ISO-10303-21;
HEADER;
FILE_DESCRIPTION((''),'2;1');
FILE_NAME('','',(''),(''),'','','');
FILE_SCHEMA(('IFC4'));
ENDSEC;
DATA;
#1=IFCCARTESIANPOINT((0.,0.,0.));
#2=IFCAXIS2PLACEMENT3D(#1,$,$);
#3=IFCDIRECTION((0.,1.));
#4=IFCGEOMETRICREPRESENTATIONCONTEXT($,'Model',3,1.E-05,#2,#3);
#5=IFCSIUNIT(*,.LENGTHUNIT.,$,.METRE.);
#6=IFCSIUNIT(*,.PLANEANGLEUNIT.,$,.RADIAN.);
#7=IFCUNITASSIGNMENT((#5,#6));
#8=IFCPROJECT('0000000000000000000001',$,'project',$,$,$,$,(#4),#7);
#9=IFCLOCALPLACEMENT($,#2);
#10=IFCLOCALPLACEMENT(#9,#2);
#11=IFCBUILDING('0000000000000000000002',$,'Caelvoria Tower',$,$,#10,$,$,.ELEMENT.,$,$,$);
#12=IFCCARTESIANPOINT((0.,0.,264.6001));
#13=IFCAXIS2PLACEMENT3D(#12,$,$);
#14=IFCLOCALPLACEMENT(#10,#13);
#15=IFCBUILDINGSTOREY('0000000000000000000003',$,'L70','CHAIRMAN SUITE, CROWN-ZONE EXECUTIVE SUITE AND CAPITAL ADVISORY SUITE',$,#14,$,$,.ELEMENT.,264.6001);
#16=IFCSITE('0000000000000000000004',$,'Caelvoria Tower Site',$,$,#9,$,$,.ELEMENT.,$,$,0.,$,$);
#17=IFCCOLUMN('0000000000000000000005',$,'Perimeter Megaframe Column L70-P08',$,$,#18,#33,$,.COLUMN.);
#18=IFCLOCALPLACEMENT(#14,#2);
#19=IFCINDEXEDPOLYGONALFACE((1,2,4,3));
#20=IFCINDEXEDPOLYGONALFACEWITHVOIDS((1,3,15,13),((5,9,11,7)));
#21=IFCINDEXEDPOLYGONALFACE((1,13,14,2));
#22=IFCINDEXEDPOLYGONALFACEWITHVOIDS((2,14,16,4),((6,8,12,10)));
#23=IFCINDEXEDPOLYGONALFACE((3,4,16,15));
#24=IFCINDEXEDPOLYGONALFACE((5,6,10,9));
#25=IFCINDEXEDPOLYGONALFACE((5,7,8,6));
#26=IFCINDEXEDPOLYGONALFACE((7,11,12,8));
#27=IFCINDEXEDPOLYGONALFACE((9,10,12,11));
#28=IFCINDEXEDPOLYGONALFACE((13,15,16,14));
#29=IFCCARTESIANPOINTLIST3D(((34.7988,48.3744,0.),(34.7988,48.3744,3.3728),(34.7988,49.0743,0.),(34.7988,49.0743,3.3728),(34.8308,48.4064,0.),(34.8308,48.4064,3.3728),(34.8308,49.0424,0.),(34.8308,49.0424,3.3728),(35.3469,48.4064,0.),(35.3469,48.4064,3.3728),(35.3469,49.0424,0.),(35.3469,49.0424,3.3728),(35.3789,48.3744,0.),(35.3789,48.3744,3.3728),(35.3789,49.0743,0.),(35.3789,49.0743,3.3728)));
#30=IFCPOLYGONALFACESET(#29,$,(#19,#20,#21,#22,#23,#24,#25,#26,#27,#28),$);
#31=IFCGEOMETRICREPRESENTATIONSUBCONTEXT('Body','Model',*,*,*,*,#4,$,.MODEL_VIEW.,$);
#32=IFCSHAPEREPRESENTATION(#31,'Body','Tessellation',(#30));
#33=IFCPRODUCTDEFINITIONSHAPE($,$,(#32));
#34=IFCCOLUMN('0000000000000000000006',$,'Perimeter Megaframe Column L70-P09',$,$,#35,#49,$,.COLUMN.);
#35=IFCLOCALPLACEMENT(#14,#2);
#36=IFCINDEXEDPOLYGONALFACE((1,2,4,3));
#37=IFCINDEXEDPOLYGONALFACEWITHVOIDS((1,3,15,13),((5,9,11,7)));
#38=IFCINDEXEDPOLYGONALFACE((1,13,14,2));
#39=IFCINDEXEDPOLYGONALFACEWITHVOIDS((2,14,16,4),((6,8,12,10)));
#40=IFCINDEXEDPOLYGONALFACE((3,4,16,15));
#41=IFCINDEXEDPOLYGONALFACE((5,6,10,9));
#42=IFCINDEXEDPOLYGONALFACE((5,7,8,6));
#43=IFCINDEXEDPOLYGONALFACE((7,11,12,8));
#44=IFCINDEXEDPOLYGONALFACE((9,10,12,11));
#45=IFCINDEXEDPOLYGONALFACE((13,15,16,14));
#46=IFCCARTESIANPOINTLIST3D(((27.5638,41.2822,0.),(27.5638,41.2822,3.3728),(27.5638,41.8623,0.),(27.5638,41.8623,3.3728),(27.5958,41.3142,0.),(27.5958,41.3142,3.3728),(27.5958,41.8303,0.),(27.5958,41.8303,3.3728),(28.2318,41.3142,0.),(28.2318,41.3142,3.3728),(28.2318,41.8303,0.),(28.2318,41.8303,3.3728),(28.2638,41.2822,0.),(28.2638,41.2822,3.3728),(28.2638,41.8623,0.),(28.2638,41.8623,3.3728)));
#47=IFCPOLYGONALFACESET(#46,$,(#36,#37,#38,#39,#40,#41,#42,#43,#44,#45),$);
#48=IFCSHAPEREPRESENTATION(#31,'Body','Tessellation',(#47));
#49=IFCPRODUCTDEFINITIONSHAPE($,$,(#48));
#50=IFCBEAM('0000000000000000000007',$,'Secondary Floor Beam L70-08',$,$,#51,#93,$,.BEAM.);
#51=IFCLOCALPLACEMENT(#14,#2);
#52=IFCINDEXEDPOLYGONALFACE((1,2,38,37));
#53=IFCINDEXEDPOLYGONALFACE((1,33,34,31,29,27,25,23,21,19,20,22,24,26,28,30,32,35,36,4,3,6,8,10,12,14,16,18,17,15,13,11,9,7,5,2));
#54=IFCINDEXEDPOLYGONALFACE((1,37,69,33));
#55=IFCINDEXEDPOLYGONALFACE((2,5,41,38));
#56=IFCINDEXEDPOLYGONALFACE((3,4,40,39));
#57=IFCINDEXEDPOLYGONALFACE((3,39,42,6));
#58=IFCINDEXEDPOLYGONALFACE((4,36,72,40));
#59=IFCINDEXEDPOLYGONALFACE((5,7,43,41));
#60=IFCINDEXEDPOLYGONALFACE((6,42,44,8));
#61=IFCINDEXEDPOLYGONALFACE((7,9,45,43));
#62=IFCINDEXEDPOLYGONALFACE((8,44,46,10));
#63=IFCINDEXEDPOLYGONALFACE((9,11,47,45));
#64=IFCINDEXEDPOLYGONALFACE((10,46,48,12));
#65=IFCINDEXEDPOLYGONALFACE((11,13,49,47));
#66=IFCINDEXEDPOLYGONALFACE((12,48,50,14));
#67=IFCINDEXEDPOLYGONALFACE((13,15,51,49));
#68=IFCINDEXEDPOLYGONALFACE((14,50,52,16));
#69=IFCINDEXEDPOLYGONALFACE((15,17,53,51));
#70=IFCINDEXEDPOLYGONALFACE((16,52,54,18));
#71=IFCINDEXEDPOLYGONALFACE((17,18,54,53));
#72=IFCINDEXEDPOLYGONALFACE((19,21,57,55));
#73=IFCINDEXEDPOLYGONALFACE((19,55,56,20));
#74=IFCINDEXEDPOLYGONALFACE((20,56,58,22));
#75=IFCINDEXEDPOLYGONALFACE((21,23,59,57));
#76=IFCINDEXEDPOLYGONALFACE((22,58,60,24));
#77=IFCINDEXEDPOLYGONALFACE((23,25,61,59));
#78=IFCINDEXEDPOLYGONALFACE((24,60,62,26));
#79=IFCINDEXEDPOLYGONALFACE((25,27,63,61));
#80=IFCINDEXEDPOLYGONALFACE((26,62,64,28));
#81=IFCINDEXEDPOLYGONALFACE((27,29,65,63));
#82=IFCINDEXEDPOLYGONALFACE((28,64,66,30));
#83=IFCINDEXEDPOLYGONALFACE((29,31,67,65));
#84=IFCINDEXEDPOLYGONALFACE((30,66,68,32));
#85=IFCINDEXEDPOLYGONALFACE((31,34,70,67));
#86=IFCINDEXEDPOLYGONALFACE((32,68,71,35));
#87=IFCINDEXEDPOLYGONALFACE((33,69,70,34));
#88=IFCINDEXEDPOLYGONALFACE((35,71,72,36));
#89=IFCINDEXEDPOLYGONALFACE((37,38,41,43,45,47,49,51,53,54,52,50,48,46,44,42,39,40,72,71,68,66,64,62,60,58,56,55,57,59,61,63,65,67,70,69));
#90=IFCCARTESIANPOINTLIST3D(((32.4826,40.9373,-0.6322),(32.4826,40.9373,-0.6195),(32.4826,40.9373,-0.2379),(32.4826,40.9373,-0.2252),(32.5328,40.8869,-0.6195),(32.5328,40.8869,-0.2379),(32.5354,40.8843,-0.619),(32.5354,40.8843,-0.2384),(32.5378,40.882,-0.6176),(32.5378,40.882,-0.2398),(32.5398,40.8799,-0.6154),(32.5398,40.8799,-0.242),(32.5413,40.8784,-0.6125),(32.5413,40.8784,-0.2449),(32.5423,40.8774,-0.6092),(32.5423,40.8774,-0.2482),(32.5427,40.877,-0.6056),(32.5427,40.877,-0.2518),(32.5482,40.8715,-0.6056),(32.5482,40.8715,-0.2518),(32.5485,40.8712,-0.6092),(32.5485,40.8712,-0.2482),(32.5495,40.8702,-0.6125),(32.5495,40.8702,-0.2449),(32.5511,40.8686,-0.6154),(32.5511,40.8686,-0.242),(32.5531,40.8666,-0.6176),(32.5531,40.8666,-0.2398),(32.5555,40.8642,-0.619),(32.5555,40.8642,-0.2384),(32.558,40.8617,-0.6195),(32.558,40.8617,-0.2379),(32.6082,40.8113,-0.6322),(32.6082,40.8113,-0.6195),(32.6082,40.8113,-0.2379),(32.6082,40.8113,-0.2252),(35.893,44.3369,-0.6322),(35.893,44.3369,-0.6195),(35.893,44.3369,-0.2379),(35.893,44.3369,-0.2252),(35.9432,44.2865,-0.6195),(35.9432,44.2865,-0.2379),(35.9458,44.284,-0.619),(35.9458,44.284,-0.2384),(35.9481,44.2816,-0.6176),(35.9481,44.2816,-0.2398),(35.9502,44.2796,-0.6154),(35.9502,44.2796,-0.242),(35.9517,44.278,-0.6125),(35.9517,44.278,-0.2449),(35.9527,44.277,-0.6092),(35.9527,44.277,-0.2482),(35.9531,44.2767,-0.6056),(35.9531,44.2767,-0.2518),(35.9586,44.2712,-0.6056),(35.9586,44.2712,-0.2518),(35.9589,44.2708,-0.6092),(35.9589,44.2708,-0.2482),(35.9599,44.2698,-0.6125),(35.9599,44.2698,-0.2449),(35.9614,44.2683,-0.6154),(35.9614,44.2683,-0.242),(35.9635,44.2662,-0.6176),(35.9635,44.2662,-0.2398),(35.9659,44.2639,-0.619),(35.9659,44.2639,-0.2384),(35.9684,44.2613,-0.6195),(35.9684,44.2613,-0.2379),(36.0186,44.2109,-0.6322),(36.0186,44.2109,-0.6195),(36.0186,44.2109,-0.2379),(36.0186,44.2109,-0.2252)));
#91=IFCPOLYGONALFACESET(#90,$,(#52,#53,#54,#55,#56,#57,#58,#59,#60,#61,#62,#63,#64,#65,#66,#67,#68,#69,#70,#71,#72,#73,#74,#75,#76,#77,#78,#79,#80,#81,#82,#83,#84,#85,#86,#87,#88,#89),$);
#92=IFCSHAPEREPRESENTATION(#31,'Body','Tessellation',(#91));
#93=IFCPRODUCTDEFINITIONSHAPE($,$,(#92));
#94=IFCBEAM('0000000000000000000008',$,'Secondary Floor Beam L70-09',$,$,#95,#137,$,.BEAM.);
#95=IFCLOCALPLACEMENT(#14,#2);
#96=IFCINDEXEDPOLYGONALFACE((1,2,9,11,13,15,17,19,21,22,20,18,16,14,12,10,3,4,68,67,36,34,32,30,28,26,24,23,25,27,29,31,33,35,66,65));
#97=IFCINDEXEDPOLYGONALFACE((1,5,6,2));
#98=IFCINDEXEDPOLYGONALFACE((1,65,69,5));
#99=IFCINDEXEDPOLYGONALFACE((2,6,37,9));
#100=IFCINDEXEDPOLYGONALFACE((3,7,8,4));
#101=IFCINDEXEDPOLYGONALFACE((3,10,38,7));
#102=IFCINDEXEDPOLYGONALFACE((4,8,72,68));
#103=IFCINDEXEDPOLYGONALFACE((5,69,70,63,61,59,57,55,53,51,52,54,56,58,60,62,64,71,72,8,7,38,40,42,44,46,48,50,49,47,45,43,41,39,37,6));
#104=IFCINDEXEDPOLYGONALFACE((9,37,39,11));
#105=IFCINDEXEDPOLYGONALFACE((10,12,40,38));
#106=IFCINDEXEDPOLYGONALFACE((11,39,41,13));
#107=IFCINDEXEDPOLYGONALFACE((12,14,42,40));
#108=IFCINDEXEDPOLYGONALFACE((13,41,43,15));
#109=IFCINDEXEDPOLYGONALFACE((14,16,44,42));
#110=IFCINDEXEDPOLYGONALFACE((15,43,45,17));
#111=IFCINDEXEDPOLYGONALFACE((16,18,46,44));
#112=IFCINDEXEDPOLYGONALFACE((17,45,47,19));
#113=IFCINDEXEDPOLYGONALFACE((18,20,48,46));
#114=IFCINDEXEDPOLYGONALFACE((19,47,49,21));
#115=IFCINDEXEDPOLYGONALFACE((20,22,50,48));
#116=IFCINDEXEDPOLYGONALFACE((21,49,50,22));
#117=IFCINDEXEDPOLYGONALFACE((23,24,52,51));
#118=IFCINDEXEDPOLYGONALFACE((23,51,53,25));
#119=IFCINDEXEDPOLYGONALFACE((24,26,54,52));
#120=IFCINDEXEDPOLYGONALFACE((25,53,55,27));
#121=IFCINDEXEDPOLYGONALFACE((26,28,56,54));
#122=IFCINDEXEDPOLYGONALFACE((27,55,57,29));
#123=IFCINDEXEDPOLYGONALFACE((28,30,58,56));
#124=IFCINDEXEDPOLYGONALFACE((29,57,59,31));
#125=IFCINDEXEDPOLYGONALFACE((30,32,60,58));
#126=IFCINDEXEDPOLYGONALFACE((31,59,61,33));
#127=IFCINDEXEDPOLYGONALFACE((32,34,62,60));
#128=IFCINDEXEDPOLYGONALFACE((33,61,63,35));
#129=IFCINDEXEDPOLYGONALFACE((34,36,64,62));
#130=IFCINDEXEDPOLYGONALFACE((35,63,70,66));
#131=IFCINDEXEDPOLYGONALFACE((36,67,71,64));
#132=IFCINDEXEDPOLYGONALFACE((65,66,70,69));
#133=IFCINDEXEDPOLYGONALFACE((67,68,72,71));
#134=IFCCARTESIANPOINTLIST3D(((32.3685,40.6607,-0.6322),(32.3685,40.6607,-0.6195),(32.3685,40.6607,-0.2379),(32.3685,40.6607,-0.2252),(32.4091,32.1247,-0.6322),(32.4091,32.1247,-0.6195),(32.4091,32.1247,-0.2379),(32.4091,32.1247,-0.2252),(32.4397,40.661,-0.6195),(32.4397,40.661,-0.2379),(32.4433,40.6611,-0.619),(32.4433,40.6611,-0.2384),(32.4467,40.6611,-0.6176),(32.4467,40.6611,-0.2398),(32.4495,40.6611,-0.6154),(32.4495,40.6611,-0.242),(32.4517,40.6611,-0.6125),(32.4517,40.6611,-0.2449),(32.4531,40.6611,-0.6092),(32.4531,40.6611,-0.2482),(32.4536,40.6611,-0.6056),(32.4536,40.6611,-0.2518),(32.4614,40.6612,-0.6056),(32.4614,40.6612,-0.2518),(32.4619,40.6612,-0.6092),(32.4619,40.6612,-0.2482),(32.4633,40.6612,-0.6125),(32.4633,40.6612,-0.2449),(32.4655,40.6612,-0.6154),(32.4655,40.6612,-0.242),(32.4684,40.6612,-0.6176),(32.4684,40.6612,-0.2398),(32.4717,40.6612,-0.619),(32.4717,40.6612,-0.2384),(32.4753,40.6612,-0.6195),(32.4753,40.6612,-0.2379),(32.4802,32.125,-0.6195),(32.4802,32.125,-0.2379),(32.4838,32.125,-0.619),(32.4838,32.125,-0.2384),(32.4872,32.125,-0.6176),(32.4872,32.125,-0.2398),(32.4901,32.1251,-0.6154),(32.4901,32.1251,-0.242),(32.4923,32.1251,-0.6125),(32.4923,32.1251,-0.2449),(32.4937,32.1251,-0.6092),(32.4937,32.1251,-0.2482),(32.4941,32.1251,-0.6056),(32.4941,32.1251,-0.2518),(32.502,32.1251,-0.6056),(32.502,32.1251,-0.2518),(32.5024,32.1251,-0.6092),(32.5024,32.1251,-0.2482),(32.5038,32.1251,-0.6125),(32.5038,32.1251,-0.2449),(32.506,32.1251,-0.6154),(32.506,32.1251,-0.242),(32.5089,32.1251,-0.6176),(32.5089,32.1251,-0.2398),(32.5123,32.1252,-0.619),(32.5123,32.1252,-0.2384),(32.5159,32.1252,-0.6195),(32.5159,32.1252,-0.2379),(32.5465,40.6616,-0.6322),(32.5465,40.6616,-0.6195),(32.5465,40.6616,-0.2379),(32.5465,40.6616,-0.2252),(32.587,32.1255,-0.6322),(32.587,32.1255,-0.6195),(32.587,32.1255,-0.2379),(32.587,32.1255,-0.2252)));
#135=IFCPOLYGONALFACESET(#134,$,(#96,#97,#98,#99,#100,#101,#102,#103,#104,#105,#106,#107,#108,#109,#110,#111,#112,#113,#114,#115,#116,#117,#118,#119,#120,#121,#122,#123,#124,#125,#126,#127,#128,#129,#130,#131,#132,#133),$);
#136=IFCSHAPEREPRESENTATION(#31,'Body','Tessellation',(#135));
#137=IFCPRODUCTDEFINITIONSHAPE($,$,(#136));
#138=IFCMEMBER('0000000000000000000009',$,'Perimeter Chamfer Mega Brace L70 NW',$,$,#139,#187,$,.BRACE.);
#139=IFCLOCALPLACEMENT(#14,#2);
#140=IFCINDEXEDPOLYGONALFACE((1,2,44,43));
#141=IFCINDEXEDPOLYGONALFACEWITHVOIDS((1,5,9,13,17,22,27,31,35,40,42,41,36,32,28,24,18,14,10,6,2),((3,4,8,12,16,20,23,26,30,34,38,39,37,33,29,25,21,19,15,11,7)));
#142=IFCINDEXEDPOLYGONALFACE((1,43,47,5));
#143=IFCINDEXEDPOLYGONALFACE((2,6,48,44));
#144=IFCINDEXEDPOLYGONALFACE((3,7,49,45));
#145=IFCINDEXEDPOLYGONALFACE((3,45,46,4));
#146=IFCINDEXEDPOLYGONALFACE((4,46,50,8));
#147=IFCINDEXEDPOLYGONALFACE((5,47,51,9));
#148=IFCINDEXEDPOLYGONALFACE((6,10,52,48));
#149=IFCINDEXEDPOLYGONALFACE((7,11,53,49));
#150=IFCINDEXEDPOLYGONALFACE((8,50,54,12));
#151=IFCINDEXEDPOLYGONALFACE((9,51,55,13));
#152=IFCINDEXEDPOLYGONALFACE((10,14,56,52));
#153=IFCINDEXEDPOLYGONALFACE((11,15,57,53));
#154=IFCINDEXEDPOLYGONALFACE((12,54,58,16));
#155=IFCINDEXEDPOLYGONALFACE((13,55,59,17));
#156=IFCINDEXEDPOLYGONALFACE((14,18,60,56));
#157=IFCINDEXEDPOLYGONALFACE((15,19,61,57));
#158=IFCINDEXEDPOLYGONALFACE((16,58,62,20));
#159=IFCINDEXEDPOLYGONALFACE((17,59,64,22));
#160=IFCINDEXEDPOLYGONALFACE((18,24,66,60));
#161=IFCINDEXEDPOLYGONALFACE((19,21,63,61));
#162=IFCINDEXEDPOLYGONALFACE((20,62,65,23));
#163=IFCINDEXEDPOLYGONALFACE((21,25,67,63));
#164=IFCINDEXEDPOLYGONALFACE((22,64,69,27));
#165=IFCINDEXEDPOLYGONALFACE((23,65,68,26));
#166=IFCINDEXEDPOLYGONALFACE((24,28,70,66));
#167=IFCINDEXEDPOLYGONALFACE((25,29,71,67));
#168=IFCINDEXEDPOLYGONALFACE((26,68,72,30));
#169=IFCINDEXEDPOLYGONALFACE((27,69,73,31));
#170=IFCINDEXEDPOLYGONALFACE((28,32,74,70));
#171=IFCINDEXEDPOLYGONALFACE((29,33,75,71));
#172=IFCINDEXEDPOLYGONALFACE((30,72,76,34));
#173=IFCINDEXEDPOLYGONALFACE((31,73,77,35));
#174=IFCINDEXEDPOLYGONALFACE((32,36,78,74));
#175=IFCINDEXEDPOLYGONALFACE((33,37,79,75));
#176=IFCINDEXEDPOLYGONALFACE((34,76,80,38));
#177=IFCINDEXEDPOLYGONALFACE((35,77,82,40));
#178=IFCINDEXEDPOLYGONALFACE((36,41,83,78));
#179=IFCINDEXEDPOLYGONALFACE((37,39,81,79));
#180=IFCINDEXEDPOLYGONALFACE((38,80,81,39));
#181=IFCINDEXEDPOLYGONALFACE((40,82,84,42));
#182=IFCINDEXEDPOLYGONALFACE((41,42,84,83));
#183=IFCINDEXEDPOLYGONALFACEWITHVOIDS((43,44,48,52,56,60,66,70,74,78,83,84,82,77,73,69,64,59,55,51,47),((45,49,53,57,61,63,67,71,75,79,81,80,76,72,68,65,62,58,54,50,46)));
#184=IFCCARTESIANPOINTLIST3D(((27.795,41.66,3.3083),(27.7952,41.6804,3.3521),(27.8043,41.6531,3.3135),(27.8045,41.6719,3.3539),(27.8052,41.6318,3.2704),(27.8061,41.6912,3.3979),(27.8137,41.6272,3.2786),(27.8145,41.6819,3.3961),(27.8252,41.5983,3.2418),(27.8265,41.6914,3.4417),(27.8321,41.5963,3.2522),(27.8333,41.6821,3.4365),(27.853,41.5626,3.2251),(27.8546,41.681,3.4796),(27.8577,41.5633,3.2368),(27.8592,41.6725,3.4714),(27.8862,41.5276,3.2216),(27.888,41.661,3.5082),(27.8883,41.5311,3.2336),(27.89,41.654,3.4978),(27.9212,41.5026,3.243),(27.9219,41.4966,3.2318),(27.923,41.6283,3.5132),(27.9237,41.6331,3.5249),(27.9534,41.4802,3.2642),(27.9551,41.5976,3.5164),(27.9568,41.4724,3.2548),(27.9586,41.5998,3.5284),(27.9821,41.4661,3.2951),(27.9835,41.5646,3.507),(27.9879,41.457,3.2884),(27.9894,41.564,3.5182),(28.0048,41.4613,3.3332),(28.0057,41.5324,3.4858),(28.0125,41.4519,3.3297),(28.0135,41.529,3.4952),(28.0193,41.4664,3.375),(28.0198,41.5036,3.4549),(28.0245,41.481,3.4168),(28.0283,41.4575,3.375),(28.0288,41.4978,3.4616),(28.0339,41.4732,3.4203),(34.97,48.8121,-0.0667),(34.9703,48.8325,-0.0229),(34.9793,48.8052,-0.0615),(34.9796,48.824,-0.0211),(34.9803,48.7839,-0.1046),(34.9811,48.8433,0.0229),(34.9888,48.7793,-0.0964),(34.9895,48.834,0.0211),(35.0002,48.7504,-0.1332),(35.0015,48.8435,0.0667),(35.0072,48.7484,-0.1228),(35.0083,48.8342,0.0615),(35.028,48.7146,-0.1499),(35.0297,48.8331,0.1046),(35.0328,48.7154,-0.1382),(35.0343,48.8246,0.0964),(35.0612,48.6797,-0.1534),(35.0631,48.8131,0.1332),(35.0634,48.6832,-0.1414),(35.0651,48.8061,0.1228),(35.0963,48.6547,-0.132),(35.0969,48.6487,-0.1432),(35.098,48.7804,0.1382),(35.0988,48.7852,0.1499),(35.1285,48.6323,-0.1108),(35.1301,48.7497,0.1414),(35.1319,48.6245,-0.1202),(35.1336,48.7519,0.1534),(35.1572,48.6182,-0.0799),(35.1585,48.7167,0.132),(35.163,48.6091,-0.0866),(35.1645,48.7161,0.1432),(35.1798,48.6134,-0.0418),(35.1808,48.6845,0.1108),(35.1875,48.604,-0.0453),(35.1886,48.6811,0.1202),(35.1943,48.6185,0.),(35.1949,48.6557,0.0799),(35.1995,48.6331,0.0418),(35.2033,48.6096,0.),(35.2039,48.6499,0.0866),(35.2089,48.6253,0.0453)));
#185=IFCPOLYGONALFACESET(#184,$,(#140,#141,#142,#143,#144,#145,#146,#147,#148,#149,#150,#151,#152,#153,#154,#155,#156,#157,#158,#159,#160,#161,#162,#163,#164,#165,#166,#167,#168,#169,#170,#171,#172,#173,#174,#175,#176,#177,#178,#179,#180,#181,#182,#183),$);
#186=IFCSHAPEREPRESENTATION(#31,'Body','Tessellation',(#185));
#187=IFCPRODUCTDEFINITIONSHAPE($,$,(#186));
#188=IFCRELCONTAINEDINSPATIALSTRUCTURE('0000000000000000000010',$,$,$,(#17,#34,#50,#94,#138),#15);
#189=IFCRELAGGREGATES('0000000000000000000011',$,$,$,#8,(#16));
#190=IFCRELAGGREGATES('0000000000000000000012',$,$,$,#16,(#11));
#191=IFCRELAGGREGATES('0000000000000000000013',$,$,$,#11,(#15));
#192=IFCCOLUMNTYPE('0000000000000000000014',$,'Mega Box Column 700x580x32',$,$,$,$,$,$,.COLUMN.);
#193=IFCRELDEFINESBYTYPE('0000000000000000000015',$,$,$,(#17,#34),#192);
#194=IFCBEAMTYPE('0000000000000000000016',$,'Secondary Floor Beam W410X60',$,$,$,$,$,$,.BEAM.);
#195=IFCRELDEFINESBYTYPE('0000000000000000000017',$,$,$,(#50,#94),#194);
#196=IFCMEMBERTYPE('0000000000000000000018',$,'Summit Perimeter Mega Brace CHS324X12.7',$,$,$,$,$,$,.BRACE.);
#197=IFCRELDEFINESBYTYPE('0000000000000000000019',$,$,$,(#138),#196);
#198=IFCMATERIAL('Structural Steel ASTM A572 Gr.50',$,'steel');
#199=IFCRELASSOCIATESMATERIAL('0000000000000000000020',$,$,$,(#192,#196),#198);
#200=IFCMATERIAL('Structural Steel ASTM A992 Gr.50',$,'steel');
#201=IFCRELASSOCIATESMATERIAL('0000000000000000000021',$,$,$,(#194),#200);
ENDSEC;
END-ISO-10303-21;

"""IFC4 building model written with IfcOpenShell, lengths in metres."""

from ifc_helpers import new_model, si_unit, direction, frame, origin, origin_2d, place, context, subcontext, project, spatial, hollow_rectangle, hollow_circle, i_section, extrude, material, material_profile, profile_set, type_object, element, save


model = new_model("IFC4")

# Units and contexts
model_context = context("Model", 3, precision=1e-05, world=origin(), true_north=direction((0.0, 1.0)))
body_context = subcontext(model_context, "Body", "Model", "MODEL_VIEW")
ifc_project = project(units=[si_unit("LENGTHUNIT", "METRE"), si_unit("PLANEANGLEUNIT", "RADIAN")], contexts=[model_context])

# Site, building, storey
site_placement = place(None, origin())
site = spatial("IfcSite", under=ifc_project, at=site_placement, Name="Caelvoria Tower Site", CompositionType="ELEMENT", RefElevation=0.0)
building_placement = place(site_placement, origin())
building = spatial("IfcBuilding", under=site, at=building_placement, Name="Caelvoria Tower", CompositionType="ELEMENT")
storey_placement = place(building_placement, frame((0.0, 0.0, 264.6001)))
storey = spatial("IfcBuildingStorey", under=building, at=storey_placement, Name="L70", Description="CHAIRMAN SUITE, CROWN-ZONE EXECUTIVE SUITE AND CAPITAL ADVISORY SUITE", CompositionType="ELEMENT", Elevation=264.6001)

# Columns
ifc_material_1 = material(Name="Structural Steel ASTM A572 Gr.50", Category="steel")
ifc_material_profile_1 = material_profile(ifc_material_1, hollow_rectangle(XDim=0.5801, YDim=0.7, WallThickness=0.032, at=origin_2d()), Name="Structural Steel ASTM A572 Gr.50")
ifc_profile_set_1 = profile_set([ifc_material_profile_1], Name="BOX700X580X32 - Structural Steel ASTM A572 Gr.50")
column_type = type_object("IfcColumnType", Name="Mega Box Column 700x580x32", PredefinedType="COLUMN", material=ifc_profile_set_1)
for number, where, z_axis, x_axis, name in (
    (1, (35.0889, 48.7244, 0.0), (0.0, 0.0, 1.0), (1.0, 0.0, 0.0), "Perimeter Megaframe Column L70-P08"),
    (2, (27.9138, 41.5723, 0.0), (0.0, 0.0, 1.0), (0.0, 1.0, 0.0), "Perimeter Megaframe Column L70-P09"),
):
    element("IfcColumn", number, at=place(storey_placement, frame(where, z_axis=z_axis, x_axis=x_axis)), inside=storey, type_object=column_type, Name=name, PredefinedType="COLUMN", context=body_context, shape_type="SweptSolid", body=[
        extrude(hollow_rectangle(XDim=0.5801, YDim=0.7, WallThickness=0.032, at=origin_2d()), origin(), (0.0, 0.0, 1.0), 3.3728),
    ])

# Beams
ifc_material_2 = material(Name="Structural Steel ASTM A992 Gr.50", Category="steel")
ifc_material_profile_2 = material_profile(ifc_material_2, i_section(OverallWidth=0.178, OverallDepth=0.407, WebThickness=0.0078, FlangeThickness=0.0127, FilletRadius=0.0139, at=origin_2d()), Name="Structural Steel ASTM A992 Gr.50")
ifc_profile_set_2 = profile_set([ifc_material_profile_2], Name="W410X60 - Structural Steel ASTM A992 Gr.50")
beam_type_1 = type_object("IfcBeamType", Name="Secondary Floor Beam W410X60", PredefinedType="BEAM", material=ifc_profile_set_2)
beam_1_placement = place(storey_placement, frame((35.9558, 44.2739, -0.4287), z_axis=(-0.708221, -0.705991, 0.0), x_axis=(0.705991, -0.708221, 0.0)))
element("IfcBeam", 3, at=beam_1_placement, inside=storey, type_object=beam_type_1, Name="Secondary Floor Beam L70-08", PredefinedType="BEAM", context=body_context, shape_type="SweptSolid", body=[
    extrude(i_section(OverallWidth=0.178, OverallDepth=0.407, WebThickness=0.0078, FlangeThickness=0.0127, FilletRadius=0.0139, at=origin_2d()), origin(), (0.0, 0.0, 1.0), 4.8154),
])
beam_2_placement = place(storey_placement, frame((32.4575, 40.6611, -0.4287), z_axis=(0.004748, -0.999989, 0.0), x_axis=(0.999989, 0.004748, 0.0)))
element("IfcBeam", 4, at=beam_2_placement, inside=storey, type_object=beam_type_1, Name="Secondary Floor Beam L70-09", PredefinedType="BEAM", context=body_context, shape_type="SweptSolid", body=[
    extrude(i_section(OverallWidth=0.178, OverallDepth=0.407, WebThickness=0.0078, FlangeThickness=0.0127, FilletRadius=0.0139, at=origin_2d()), origin(), (0.0, 0.0, 1.0), 8.5361),
])

# Member
ifc_material_profile_3 = material_profile(ifc_material_1, hollow_circle(Radius=0.1621, WallThickness=0.0127, at=origin_2d()), Name="Structural Steel ASTM A572 Gr.50")
ifc_profile_set_3 = profile_set([ifc_material_profile_3], Name="CHS324X12.7 - Structural Steel ASTM A572 Gr.50")
member_type = type_object("IfcMemberType", Name="Summit Perimeter Mega Brace CHS324X12.7", PredefinedType="BRACE", material=ifc_profile_set_3)
member_placement = place(storey_placement, frame((35.0889, 48.7244, 0.0), z_axis=(-0.671933, -0.669784, 0.316064), x_axis=(0.705973, -0.708239, 0.0)))
element("IfcMember", 5, at=member_placement, inside=storey, type_object=member_type, Name="Perimeter Chamfer Mega Brace L70 NW", PredefinedType="BRACE", context=body_context, shape_type="SweptSolid", body=[
    extrude(hollow_circle(Radius=0.1621, WallThickness=0.0127, at=origin_2d()), origin(), (0.0, 0.0, 1.0), 10.6782),
])

save(model, "model.ifc")
